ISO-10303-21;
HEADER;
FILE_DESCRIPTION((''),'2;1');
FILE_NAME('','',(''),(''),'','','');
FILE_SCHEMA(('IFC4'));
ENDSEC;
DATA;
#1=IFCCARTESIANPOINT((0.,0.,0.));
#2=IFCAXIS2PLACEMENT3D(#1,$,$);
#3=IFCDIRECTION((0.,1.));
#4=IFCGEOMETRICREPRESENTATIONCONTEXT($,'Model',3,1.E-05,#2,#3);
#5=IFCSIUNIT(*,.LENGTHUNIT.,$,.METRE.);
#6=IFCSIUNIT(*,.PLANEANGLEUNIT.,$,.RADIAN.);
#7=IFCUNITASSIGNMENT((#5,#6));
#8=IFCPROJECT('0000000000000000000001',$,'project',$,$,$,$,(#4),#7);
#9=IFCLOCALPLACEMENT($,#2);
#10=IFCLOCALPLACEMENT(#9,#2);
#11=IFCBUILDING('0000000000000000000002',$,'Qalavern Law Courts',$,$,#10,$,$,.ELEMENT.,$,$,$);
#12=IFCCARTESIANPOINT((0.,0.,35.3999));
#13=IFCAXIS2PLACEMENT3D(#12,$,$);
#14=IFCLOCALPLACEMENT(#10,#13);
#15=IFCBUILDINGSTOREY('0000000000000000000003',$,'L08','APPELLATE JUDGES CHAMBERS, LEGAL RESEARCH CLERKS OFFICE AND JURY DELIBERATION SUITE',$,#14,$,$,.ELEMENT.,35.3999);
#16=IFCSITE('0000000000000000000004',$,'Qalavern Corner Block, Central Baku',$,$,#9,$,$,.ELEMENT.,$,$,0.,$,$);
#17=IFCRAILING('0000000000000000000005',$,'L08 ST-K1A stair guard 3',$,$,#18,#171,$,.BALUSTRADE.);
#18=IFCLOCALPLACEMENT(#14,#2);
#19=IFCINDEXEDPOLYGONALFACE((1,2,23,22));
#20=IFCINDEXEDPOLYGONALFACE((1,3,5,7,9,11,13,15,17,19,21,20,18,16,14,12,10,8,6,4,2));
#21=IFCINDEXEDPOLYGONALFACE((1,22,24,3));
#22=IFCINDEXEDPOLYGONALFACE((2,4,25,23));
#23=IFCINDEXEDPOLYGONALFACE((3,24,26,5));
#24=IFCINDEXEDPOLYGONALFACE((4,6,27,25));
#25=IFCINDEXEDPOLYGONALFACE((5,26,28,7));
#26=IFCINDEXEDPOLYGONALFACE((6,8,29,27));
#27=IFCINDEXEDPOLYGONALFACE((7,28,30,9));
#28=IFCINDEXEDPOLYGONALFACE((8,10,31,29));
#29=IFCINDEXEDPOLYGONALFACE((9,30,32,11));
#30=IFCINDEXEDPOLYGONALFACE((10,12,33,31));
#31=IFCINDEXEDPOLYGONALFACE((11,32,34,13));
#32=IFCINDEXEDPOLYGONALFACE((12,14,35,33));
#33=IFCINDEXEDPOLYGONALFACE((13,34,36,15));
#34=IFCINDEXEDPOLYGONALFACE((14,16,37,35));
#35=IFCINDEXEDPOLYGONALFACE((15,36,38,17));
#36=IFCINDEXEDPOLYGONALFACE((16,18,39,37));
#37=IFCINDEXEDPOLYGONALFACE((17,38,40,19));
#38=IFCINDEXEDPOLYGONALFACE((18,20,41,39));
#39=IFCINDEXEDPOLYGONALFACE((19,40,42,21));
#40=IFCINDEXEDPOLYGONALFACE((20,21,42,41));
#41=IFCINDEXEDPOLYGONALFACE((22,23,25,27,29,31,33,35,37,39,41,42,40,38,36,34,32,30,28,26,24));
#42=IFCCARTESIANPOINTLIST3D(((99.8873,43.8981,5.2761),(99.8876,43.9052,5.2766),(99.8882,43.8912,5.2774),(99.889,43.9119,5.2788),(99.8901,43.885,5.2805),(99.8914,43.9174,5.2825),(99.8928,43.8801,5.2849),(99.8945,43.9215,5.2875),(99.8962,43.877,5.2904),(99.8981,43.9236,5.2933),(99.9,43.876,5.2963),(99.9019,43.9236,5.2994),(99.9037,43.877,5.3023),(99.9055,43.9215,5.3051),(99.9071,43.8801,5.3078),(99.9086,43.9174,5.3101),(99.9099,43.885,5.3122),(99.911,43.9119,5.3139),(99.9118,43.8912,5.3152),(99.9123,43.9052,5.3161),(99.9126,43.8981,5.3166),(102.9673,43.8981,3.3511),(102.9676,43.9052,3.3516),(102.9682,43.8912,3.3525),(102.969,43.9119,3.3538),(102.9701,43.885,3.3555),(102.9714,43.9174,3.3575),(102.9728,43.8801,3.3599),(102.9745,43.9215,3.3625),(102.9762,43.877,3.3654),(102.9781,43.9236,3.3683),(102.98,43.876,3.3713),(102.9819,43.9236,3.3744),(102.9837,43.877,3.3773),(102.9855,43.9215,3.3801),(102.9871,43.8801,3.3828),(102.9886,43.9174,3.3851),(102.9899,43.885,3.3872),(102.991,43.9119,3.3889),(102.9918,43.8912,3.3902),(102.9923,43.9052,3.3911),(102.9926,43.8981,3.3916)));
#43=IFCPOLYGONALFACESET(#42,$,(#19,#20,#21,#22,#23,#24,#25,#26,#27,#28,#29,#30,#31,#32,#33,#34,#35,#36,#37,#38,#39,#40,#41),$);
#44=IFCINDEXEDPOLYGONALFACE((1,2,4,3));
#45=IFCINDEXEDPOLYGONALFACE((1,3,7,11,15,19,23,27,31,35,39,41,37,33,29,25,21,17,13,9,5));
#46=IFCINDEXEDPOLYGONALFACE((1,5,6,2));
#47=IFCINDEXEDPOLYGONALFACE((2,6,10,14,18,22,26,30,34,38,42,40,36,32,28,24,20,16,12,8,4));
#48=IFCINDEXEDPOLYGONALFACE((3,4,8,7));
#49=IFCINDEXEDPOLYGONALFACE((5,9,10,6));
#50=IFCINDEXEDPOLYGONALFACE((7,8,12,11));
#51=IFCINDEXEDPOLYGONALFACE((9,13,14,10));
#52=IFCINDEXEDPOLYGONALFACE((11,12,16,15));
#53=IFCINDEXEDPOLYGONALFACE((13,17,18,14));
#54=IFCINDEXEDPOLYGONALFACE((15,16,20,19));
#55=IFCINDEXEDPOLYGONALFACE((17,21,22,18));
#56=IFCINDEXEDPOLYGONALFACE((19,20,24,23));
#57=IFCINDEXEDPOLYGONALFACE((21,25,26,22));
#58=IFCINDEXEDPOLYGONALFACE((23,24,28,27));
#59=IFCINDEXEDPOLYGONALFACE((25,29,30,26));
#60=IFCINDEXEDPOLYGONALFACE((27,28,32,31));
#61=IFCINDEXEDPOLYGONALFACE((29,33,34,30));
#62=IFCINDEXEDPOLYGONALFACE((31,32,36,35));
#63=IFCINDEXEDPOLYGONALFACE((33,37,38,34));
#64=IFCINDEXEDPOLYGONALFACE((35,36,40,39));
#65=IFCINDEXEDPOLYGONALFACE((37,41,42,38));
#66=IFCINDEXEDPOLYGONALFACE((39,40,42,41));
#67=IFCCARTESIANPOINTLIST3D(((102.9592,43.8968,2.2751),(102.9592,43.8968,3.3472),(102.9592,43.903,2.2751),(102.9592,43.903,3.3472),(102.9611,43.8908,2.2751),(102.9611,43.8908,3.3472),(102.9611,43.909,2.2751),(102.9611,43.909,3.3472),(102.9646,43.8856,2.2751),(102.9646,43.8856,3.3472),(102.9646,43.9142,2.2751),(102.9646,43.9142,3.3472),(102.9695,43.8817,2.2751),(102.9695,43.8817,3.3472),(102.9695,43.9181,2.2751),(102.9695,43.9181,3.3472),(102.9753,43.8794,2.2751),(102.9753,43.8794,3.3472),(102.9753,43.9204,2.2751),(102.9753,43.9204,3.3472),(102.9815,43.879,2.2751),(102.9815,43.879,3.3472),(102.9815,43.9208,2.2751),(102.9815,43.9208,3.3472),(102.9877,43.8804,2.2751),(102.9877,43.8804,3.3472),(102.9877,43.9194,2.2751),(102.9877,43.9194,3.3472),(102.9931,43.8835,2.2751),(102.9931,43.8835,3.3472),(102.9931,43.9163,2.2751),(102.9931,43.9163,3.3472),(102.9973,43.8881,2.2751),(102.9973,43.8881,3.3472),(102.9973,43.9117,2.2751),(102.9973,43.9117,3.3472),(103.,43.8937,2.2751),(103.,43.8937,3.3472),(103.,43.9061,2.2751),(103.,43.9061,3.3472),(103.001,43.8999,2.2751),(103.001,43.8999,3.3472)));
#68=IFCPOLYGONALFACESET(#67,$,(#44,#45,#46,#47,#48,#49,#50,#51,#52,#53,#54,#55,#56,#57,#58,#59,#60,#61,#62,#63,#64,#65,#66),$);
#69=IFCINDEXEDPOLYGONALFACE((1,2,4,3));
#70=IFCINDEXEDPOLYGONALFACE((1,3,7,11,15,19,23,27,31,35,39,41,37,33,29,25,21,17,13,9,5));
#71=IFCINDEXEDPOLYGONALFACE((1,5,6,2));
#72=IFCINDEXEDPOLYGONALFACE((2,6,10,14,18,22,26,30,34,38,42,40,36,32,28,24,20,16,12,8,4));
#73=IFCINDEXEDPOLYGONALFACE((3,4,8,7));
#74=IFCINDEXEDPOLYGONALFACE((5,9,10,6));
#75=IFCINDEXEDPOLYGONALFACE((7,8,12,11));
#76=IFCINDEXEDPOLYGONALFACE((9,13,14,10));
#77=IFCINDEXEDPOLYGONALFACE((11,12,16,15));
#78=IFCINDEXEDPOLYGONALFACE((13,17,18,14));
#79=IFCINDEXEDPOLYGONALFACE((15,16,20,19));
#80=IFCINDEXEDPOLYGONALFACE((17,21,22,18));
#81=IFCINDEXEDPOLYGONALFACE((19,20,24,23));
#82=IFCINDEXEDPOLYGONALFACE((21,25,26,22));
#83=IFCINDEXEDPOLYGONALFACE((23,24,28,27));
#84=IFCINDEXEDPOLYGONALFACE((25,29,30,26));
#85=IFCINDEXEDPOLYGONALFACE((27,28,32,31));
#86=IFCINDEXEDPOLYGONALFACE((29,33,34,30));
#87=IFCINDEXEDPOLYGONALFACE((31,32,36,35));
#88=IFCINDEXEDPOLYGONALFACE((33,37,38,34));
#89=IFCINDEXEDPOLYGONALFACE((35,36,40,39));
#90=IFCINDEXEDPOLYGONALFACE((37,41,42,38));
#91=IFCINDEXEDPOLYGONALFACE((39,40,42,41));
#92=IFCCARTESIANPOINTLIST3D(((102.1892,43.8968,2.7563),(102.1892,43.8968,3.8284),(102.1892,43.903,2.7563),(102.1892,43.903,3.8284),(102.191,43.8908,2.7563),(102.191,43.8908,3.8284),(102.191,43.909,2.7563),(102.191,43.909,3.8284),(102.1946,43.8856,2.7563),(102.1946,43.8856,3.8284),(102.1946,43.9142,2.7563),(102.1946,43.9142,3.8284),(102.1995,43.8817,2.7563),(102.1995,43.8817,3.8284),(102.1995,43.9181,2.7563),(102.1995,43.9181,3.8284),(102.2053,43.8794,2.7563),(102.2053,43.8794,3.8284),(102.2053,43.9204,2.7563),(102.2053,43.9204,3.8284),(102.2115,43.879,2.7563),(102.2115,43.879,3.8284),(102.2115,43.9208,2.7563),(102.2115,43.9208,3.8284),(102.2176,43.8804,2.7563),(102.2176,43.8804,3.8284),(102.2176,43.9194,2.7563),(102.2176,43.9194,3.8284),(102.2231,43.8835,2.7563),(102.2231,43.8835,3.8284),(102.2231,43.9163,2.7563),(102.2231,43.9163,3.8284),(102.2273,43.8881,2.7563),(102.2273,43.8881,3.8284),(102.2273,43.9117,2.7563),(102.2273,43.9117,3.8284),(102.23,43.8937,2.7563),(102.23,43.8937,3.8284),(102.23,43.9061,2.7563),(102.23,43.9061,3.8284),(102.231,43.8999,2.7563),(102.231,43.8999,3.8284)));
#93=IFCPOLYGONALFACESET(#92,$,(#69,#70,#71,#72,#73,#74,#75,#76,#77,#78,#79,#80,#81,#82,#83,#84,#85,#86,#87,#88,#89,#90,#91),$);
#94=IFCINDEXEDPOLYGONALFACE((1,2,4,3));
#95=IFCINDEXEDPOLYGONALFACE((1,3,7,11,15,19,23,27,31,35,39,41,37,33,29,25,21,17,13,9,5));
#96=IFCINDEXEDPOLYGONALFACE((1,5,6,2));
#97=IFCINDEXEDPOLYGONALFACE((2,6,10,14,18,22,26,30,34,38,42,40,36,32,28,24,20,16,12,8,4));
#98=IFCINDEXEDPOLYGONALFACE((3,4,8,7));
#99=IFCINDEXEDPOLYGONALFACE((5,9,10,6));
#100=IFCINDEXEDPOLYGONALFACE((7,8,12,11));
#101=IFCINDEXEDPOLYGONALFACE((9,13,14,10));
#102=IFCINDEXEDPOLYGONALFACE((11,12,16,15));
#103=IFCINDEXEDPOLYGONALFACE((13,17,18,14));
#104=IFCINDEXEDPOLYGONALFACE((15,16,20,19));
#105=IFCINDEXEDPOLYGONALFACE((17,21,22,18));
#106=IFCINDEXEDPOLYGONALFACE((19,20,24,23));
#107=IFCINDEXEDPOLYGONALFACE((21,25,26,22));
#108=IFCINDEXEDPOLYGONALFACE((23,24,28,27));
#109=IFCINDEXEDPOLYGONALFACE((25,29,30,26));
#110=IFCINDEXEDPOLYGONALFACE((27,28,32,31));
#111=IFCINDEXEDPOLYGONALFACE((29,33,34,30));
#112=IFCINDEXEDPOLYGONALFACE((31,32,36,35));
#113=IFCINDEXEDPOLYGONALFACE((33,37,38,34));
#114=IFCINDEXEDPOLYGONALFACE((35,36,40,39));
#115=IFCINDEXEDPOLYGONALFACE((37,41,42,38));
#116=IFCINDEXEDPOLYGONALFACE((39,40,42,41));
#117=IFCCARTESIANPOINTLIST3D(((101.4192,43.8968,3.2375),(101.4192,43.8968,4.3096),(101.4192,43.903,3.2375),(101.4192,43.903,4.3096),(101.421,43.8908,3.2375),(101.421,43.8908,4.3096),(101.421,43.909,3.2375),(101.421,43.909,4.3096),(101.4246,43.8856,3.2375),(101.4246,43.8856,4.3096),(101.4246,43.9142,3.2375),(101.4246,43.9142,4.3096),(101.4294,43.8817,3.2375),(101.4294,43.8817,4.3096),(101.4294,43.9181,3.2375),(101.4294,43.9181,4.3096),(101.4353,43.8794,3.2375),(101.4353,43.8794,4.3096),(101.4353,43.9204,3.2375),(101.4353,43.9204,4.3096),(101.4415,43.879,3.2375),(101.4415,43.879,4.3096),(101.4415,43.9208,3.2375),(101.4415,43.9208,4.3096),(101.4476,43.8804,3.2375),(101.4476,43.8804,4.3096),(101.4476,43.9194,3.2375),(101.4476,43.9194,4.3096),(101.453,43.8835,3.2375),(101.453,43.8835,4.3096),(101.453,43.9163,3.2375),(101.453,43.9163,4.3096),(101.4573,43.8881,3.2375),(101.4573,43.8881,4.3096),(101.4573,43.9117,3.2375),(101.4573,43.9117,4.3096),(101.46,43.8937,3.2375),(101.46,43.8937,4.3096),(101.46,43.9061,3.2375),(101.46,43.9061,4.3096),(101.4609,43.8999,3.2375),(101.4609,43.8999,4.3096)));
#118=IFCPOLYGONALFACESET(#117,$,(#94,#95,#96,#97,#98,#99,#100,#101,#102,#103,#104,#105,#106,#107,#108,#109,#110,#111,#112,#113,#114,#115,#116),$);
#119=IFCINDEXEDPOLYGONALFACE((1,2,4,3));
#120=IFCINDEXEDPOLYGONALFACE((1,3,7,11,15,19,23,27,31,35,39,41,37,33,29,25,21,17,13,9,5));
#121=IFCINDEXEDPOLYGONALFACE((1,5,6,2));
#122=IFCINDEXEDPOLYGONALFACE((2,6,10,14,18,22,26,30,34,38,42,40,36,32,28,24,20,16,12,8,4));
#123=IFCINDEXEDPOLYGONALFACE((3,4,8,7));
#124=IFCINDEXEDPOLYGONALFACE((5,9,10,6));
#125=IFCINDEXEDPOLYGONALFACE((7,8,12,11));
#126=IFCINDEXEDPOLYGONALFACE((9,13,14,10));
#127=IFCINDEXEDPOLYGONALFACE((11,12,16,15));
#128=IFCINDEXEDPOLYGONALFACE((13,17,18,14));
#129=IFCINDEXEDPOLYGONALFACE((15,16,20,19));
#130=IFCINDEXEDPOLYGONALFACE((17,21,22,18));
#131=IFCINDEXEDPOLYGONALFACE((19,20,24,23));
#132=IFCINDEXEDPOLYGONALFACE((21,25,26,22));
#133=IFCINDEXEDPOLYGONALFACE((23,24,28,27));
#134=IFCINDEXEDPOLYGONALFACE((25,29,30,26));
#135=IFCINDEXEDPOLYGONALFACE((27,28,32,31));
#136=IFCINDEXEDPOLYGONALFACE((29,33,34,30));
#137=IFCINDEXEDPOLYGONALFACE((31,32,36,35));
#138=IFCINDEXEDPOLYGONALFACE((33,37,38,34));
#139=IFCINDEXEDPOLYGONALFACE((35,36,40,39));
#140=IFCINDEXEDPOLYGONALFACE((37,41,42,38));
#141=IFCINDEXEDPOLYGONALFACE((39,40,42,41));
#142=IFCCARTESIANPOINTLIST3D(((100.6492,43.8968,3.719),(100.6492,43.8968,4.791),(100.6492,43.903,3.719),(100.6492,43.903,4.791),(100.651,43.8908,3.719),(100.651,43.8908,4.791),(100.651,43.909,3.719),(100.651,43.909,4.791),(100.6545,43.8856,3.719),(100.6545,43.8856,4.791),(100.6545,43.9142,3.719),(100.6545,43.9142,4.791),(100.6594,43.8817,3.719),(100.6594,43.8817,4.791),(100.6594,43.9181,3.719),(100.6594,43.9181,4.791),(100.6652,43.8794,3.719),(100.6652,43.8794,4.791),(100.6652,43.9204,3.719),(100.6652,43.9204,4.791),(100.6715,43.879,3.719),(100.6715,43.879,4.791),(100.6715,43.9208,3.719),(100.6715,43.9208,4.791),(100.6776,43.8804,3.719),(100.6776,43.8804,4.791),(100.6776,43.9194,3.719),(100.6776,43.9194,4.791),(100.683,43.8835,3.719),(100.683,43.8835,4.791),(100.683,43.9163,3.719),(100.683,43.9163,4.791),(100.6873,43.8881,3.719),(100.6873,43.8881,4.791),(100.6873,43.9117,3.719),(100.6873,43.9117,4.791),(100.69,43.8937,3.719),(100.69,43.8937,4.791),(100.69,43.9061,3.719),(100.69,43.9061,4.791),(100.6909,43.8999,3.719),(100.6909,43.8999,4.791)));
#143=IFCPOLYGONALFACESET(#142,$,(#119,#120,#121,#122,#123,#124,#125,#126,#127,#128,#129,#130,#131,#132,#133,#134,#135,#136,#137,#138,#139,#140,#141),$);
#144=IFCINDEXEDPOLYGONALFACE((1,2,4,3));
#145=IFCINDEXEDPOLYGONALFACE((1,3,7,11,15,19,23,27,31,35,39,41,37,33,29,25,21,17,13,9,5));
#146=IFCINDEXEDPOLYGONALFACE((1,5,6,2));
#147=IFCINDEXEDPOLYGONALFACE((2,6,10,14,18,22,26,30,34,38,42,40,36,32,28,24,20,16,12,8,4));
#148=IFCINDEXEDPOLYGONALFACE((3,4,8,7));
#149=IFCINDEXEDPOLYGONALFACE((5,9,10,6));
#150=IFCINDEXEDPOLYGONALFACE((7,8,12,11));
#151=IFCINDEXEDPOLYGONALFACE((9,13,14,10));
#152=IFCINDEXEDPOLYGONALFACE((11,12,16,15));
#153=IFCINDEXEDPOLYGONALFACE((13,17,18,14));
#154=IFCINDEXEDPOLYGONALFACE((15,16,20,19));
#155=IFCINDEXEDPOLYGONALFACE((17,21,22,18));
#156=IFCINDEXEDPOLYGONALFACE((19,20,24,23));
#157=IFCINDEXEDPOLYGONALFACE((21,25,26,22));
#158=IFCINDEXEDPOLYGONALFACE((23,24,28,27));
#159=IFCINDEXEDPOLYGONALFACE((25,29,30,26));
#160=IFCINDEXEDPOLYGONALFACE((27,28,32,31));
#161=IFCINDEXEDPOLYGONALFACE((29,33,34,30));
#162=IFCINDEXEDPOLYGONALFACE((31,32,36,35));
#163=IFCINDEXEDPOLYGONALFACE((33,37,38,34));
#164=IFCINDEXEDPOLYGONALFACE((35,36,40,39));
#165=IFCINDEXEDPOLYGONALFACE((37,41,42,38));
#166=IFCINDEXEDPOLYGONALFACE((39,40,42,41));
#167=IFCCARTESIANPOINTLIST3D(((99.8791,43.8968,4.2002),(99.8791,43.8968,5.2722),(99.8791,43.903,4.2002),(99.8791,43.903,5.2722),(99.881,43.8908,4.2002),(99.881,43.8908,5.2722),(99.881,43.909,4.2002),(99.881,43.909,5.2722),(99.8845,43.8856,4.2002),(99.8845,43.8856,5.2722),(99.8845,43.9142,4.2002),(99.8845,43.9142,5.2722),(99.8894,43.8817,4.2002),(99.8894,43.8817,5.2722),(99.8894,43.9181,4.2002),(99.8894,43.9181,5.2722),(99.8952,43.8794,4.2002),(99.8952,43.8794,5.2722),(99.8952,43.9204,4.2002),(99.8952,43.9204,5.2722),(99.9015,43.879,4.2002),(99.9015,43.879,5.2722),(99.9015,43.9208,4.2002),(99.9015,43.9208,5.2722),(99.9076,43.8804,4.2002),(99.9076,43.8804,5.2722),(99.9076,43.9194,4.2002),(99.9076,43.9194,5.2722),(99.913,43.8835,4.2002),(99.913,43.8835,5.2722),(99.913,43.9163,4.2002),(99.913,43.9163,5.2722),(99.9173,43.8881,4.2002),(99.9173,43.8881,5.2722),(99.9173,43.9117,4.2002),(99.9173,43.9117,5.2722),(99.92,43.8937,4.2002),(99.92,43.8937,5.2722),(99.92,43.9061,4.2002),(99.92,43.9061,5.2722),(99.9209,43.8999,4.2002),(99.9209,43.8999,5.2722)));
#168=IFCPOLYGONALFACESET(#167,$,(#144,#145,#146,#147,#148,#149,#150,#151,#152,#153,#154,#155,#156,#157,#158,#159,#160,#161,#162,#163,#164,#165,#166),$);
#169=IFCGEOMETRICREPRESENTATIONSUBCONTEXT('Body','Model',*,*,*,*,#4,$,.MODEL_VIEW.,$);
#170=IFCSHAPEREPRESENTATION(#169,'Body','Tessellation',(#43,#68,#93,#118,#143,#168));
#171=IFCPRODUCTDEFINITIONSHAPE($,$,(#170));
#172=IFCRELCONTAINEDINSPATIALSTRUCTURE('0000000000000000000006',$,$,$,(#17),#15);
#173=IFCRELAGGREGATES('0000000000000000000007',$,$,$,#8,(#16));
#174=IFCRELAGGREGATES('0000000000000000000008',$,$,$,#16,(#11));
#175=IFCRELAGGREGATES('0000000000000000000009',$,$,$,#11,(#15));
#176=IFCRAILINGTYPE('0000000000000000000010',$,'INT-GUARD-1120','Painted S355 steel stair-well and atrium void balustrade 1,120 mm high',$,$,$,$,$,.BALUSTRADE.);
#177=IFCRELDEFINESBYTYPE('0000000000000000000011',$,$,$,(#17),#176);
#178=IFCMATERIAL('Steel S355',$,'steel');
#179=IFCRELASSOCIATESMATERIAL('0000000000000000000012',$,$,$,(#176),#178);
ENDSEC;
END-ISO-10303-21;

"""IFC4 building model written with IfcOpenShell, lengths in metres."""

from ifc_helpers import new_model, si_unit, direction, frame, origin, origin_2d, place, context, subcontext, project, spatial, circle, extrude, material, type_object, element, save


model = new_model("IFC4")

# Units and contexts
model_context = context("Model", 3, precision=1e-05, world=origin(), true_north=direction((0.0, 1.0)))
body_context = subcontext(model_context, "Body", "Model", "MODEL_VIEW")
ifc_project = project(units=[si_unit("LENGTHUNIT", "METRE"), si_unit("PLANEANGLEUNIT", "RADIAN")], contexts=[model_context])

# Site, building, storey
site_placement = place(None, origin())
site = spatial("IfcSite", under=ifc_project, at=site_placement, Name="Qalavern Corner Block, Central Baku", CompositionType="ELEMENT", RefElevation=0.0)
building_placement = place(site_placement, origin())
building = spatial("IfcBuilding", under=site, at=building_placement, Name="Qalavern Law Courts", CompositionType="ELEMENT")
storey_placement = place(building_placement, frame((0.0, 0.0, 35.3999)))
storey = spatial("IfcBuildingStorey", under=building, at=storey_placement, Name="L08", Description="APPELLATE JUDGES CHAMBERS, LEGAL RESEARCH CLERKS OFFICE AND JURY DELIBERATION SUITE", CompositionType="ELEMENT", Elevation=35.3999)

# Railing
ifc_material_1 = material(Name="Steel S355", Category="steel")
railing_type_1 = type_object("IfcRailingType", Name="INT-GUARD-1120", Description="Painted S355 steel stair-well and atrium void balustrade 1,120 mm high", PredefinedType="BALUSTRADE", material=ifc_material_1)
railing_1_placement = place(storey_placement, frame((102.98, 43.8999, 2.2751)))
element("IfcRailing", 1, at=railing_1_placement, inside=storey, type_object=railing_type_1, Name="L08 ST-K1A stair guard 3", PredefinedType="BALUSTRADE", context=body_context, shape_type="SweptSolid", body=[
    extrude(circle(Radius=0.0239, at=origin_2d()), frame((0.0, 0.0, 1.0962), z_axis=(-0.847998, 0.0, 0.529999), x_axis=(0.0, -1.0, 0.0)), (0.0, 0.0, 1.0), 3.6321),
    extrude(circle(Radius=0.021, at=origin_2d()), origin(), (0.0, 0.0, 1.0), 1.072),
    extrude(circle(Radius=0.021, at=origin_2d()), frame((-0.77, 0.0, 0.4812)), (0.0, 0.0, 1.0), 1.072),
    extrude(circle(Radius=0.021, at=origin_2d()), frame((-1.54, 0.0, 0.9624)), (0.0, 0.0, 1.0), 1.072),
    extrude(circle(Radius=0.021, at=origin_2d()), frame((-2.3101, 0.0, 1.4438)), (0.0, 0.0, 1.0), 1.072),
    extrude(circle(Radius=0.021, at=origin_2d()), frame((-3.0801, 0.0, 1.925)), (0.0, 0.0, 1.0), 1.072),
])

save(model, "model.ifc")
